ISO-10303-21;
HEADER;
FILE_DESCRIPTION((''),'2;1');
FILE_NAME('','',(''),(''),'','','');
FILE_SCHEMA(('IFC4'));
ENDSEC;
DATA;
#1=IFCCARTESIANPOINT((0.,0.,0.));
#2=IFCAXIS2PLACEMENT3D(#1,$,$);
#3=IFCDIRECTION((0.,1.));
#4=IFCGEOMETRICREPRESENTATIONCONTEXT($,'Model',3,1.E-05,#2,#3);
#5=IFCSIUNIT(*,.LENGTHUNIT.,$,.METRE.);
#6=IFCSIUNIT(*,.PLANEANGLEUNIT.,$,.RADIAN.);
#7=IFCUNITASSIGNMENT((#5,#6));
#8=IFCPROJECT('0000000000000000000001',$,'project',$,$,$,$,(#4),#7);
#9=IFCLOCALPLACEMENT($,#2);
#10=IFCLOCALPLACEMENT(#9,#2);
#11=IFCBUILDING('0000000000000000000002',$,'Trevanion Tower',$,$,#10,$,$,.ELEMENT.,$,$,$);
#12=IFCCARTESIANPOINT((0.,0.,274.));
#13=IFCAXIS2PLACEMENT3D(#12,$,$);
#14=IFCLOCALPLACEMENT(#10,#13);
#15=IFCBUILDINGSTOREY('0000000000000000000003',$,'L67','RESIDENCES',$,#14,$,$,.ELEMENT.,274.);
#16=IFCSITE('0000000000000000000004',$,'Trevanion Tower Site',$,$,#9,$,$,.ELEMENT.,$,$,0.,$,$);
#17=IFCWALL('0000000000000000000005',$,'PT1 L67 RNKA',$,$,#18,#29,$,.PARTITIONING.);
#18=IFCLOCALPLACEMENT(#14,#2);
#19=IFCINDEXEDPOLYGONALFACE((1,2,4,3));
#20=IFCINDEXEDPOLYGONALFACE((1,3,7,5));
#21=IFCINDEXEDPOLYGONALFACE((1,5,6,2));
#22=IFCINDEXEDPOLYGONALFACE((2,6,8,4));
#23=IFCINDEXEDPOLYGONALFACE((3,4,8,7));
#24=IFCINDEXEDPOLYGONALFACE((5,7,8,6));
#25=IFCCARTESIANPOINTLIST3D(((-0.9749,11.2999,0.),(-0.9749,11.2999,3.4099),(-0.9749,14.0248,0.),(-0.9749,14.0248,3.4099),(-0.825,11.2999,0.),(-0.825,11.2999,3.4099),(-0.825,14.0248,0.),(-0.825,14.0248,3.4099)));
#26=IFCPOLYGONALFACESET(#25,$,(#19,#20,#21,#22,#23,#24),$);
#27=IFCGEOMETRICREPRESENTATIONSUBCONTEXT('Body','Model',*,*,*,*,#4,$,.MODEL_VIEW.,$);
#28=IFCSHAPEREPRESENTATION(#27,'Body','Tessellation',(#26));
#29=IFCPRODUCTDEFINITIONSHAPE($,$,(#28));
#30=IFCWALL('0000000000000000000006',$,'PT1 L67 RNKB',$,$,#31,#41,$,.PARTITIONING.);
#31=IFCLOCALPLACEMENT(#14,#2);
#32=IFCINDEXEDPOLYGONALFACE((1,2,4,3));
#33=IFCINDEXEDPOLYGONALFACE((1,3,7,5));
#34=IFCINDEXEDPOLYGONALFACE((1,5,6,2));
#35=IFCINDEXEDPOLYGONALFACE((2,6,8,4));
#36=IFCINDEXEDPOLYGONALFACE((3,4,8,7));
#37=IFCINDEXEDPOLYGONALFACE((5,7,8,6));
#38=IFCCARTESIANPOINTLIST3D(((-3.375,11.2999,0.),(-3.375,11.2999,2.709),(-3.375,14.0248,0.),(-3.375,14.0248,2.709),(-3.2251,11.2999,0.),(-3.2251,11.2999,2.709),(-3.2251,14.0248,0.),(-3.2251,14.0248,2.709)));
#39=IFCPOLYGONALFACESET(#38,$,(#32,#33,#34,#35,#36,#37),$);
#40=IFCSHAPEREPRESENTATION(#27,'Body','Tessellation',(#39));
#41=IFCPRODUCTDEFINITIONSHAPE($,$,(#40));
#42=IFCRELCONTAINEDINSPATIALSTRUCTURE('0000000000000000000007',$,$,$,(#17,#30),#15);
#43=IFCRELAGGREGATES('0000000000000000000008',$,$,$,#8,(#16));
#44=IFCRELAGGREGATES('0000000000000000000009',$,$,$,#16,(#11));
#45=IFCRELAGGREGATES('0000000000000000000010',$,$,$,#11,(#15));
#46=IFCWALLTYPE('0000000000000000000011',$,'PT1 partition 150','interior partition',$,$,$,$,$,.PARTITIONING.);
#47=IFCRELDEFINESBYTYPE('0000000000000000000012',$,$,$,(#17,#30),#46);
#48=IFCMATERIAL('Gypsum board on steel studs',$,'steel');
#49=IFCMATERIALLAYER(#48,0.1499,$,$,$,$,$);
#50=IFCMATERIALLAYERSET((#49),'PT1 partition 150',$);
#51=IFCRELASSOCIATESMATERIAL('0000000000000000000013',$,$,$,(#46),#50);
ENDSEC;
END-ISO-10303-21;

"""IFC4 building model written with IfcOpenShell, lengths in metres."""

from ifc_helpers import new_model, si_unit, direction, frame, frame_2d, origin, place, context, subcontext, project, spatial, rectangle, extrude, material, layer, layer_set, type_object, element, save


model = new_model("IFC4")

# Units and contexts
model_context = context("Model", 3, precision=1e-05, world=origin(), true_north=direction((0.0, 1.0)))
body_context = subcontext(model_context, "Body", "Model", "MODEL_VIEW")
ifc_project = project(units=[si_unit("LENGTHUNIT", "METRE"), si_unit("PLANEANGLEUNIT", "RADIAN")], contexts=[model_context])

# Site, building, storey
site_placement = place(None, origin())
site = spatial("IfcSite", under=ifc_project, at=site_placement, Name="Trevanion Tower Site", CompositionType="ELEMENT", RefElevation=0.0)
building_placement = place(site_placement, origin())
building = spatial("IfcBuilding", under=site, at=building_placement, Name="Trevanion Tower", CompositionType="ELEMENT")
storey_placement = place(building_placement, frame((0.0, 0.0, 274.0)))
storey = spatial("IfcBuildingStorey", under=building, at=storey_placement, Name="L67", Description="RESIDENCES", CompositionType="ELEMENT", Elevation=274.0)

# Shared definitions
ifc_material_1 = material(Name="Gypsum board on steel studs", Category="steel")
ifc_layer_1 = layer(ifc_material_1, 0.1499)
ifc_layer_set_1 = layer_set([ifc_layer_1], Name="PT1 partition 150")
wall_type_1 = type_object("IfcWallType", Name="PT1 partition 150", Description="interior partition", PredefinedType="PARTITIONING", material=ifc_layer_set_1)

# Walls
wall_1_placement = place(storey_placement, frame((-0.8999, 11.3, 0.0), z_axis=(0.0, 0.0, 1.0), x_axis=(0.0, 1.0, 0.0)))
element("IfcWall", 1, at=wall_1_placement, inside=storey, type_object=wall_type_1, Name="PT1 L67 RNKA", PredefinedType="PARTITIONING", context=body_context, shape_type="SweptSolid", body=[
    extrude(rectangle(XDim=2.7249, YDim=0.1499, at=frame_2d((1.3623, 0.0))), origin(), (0.0, 0.0, 1.0), 3.4099),
])
wall_2_placement = place(storey_placement, frame((-3.3, 11.3, 0.0), z_axis=(0.0, 0.0, 1.0), x_axis=(0.0, 1.0, 0.0)))
element("IfcWall", 2, at=wall_2_placement, inside=storey, type_object=wall_type_1, Name="PT1 L67 RNKB", PredefinedType="PARTITIONING", context=body_context, shape_type="SweptSolid", body=[
    extrude(rectangle(XDim=2.7249, YDim=0.1499, at=frame_2d((1.3623, 0.0))), origin(), (0.0, 0.0, 1.0), 2.709),
])

save(model, "model.ifc")
